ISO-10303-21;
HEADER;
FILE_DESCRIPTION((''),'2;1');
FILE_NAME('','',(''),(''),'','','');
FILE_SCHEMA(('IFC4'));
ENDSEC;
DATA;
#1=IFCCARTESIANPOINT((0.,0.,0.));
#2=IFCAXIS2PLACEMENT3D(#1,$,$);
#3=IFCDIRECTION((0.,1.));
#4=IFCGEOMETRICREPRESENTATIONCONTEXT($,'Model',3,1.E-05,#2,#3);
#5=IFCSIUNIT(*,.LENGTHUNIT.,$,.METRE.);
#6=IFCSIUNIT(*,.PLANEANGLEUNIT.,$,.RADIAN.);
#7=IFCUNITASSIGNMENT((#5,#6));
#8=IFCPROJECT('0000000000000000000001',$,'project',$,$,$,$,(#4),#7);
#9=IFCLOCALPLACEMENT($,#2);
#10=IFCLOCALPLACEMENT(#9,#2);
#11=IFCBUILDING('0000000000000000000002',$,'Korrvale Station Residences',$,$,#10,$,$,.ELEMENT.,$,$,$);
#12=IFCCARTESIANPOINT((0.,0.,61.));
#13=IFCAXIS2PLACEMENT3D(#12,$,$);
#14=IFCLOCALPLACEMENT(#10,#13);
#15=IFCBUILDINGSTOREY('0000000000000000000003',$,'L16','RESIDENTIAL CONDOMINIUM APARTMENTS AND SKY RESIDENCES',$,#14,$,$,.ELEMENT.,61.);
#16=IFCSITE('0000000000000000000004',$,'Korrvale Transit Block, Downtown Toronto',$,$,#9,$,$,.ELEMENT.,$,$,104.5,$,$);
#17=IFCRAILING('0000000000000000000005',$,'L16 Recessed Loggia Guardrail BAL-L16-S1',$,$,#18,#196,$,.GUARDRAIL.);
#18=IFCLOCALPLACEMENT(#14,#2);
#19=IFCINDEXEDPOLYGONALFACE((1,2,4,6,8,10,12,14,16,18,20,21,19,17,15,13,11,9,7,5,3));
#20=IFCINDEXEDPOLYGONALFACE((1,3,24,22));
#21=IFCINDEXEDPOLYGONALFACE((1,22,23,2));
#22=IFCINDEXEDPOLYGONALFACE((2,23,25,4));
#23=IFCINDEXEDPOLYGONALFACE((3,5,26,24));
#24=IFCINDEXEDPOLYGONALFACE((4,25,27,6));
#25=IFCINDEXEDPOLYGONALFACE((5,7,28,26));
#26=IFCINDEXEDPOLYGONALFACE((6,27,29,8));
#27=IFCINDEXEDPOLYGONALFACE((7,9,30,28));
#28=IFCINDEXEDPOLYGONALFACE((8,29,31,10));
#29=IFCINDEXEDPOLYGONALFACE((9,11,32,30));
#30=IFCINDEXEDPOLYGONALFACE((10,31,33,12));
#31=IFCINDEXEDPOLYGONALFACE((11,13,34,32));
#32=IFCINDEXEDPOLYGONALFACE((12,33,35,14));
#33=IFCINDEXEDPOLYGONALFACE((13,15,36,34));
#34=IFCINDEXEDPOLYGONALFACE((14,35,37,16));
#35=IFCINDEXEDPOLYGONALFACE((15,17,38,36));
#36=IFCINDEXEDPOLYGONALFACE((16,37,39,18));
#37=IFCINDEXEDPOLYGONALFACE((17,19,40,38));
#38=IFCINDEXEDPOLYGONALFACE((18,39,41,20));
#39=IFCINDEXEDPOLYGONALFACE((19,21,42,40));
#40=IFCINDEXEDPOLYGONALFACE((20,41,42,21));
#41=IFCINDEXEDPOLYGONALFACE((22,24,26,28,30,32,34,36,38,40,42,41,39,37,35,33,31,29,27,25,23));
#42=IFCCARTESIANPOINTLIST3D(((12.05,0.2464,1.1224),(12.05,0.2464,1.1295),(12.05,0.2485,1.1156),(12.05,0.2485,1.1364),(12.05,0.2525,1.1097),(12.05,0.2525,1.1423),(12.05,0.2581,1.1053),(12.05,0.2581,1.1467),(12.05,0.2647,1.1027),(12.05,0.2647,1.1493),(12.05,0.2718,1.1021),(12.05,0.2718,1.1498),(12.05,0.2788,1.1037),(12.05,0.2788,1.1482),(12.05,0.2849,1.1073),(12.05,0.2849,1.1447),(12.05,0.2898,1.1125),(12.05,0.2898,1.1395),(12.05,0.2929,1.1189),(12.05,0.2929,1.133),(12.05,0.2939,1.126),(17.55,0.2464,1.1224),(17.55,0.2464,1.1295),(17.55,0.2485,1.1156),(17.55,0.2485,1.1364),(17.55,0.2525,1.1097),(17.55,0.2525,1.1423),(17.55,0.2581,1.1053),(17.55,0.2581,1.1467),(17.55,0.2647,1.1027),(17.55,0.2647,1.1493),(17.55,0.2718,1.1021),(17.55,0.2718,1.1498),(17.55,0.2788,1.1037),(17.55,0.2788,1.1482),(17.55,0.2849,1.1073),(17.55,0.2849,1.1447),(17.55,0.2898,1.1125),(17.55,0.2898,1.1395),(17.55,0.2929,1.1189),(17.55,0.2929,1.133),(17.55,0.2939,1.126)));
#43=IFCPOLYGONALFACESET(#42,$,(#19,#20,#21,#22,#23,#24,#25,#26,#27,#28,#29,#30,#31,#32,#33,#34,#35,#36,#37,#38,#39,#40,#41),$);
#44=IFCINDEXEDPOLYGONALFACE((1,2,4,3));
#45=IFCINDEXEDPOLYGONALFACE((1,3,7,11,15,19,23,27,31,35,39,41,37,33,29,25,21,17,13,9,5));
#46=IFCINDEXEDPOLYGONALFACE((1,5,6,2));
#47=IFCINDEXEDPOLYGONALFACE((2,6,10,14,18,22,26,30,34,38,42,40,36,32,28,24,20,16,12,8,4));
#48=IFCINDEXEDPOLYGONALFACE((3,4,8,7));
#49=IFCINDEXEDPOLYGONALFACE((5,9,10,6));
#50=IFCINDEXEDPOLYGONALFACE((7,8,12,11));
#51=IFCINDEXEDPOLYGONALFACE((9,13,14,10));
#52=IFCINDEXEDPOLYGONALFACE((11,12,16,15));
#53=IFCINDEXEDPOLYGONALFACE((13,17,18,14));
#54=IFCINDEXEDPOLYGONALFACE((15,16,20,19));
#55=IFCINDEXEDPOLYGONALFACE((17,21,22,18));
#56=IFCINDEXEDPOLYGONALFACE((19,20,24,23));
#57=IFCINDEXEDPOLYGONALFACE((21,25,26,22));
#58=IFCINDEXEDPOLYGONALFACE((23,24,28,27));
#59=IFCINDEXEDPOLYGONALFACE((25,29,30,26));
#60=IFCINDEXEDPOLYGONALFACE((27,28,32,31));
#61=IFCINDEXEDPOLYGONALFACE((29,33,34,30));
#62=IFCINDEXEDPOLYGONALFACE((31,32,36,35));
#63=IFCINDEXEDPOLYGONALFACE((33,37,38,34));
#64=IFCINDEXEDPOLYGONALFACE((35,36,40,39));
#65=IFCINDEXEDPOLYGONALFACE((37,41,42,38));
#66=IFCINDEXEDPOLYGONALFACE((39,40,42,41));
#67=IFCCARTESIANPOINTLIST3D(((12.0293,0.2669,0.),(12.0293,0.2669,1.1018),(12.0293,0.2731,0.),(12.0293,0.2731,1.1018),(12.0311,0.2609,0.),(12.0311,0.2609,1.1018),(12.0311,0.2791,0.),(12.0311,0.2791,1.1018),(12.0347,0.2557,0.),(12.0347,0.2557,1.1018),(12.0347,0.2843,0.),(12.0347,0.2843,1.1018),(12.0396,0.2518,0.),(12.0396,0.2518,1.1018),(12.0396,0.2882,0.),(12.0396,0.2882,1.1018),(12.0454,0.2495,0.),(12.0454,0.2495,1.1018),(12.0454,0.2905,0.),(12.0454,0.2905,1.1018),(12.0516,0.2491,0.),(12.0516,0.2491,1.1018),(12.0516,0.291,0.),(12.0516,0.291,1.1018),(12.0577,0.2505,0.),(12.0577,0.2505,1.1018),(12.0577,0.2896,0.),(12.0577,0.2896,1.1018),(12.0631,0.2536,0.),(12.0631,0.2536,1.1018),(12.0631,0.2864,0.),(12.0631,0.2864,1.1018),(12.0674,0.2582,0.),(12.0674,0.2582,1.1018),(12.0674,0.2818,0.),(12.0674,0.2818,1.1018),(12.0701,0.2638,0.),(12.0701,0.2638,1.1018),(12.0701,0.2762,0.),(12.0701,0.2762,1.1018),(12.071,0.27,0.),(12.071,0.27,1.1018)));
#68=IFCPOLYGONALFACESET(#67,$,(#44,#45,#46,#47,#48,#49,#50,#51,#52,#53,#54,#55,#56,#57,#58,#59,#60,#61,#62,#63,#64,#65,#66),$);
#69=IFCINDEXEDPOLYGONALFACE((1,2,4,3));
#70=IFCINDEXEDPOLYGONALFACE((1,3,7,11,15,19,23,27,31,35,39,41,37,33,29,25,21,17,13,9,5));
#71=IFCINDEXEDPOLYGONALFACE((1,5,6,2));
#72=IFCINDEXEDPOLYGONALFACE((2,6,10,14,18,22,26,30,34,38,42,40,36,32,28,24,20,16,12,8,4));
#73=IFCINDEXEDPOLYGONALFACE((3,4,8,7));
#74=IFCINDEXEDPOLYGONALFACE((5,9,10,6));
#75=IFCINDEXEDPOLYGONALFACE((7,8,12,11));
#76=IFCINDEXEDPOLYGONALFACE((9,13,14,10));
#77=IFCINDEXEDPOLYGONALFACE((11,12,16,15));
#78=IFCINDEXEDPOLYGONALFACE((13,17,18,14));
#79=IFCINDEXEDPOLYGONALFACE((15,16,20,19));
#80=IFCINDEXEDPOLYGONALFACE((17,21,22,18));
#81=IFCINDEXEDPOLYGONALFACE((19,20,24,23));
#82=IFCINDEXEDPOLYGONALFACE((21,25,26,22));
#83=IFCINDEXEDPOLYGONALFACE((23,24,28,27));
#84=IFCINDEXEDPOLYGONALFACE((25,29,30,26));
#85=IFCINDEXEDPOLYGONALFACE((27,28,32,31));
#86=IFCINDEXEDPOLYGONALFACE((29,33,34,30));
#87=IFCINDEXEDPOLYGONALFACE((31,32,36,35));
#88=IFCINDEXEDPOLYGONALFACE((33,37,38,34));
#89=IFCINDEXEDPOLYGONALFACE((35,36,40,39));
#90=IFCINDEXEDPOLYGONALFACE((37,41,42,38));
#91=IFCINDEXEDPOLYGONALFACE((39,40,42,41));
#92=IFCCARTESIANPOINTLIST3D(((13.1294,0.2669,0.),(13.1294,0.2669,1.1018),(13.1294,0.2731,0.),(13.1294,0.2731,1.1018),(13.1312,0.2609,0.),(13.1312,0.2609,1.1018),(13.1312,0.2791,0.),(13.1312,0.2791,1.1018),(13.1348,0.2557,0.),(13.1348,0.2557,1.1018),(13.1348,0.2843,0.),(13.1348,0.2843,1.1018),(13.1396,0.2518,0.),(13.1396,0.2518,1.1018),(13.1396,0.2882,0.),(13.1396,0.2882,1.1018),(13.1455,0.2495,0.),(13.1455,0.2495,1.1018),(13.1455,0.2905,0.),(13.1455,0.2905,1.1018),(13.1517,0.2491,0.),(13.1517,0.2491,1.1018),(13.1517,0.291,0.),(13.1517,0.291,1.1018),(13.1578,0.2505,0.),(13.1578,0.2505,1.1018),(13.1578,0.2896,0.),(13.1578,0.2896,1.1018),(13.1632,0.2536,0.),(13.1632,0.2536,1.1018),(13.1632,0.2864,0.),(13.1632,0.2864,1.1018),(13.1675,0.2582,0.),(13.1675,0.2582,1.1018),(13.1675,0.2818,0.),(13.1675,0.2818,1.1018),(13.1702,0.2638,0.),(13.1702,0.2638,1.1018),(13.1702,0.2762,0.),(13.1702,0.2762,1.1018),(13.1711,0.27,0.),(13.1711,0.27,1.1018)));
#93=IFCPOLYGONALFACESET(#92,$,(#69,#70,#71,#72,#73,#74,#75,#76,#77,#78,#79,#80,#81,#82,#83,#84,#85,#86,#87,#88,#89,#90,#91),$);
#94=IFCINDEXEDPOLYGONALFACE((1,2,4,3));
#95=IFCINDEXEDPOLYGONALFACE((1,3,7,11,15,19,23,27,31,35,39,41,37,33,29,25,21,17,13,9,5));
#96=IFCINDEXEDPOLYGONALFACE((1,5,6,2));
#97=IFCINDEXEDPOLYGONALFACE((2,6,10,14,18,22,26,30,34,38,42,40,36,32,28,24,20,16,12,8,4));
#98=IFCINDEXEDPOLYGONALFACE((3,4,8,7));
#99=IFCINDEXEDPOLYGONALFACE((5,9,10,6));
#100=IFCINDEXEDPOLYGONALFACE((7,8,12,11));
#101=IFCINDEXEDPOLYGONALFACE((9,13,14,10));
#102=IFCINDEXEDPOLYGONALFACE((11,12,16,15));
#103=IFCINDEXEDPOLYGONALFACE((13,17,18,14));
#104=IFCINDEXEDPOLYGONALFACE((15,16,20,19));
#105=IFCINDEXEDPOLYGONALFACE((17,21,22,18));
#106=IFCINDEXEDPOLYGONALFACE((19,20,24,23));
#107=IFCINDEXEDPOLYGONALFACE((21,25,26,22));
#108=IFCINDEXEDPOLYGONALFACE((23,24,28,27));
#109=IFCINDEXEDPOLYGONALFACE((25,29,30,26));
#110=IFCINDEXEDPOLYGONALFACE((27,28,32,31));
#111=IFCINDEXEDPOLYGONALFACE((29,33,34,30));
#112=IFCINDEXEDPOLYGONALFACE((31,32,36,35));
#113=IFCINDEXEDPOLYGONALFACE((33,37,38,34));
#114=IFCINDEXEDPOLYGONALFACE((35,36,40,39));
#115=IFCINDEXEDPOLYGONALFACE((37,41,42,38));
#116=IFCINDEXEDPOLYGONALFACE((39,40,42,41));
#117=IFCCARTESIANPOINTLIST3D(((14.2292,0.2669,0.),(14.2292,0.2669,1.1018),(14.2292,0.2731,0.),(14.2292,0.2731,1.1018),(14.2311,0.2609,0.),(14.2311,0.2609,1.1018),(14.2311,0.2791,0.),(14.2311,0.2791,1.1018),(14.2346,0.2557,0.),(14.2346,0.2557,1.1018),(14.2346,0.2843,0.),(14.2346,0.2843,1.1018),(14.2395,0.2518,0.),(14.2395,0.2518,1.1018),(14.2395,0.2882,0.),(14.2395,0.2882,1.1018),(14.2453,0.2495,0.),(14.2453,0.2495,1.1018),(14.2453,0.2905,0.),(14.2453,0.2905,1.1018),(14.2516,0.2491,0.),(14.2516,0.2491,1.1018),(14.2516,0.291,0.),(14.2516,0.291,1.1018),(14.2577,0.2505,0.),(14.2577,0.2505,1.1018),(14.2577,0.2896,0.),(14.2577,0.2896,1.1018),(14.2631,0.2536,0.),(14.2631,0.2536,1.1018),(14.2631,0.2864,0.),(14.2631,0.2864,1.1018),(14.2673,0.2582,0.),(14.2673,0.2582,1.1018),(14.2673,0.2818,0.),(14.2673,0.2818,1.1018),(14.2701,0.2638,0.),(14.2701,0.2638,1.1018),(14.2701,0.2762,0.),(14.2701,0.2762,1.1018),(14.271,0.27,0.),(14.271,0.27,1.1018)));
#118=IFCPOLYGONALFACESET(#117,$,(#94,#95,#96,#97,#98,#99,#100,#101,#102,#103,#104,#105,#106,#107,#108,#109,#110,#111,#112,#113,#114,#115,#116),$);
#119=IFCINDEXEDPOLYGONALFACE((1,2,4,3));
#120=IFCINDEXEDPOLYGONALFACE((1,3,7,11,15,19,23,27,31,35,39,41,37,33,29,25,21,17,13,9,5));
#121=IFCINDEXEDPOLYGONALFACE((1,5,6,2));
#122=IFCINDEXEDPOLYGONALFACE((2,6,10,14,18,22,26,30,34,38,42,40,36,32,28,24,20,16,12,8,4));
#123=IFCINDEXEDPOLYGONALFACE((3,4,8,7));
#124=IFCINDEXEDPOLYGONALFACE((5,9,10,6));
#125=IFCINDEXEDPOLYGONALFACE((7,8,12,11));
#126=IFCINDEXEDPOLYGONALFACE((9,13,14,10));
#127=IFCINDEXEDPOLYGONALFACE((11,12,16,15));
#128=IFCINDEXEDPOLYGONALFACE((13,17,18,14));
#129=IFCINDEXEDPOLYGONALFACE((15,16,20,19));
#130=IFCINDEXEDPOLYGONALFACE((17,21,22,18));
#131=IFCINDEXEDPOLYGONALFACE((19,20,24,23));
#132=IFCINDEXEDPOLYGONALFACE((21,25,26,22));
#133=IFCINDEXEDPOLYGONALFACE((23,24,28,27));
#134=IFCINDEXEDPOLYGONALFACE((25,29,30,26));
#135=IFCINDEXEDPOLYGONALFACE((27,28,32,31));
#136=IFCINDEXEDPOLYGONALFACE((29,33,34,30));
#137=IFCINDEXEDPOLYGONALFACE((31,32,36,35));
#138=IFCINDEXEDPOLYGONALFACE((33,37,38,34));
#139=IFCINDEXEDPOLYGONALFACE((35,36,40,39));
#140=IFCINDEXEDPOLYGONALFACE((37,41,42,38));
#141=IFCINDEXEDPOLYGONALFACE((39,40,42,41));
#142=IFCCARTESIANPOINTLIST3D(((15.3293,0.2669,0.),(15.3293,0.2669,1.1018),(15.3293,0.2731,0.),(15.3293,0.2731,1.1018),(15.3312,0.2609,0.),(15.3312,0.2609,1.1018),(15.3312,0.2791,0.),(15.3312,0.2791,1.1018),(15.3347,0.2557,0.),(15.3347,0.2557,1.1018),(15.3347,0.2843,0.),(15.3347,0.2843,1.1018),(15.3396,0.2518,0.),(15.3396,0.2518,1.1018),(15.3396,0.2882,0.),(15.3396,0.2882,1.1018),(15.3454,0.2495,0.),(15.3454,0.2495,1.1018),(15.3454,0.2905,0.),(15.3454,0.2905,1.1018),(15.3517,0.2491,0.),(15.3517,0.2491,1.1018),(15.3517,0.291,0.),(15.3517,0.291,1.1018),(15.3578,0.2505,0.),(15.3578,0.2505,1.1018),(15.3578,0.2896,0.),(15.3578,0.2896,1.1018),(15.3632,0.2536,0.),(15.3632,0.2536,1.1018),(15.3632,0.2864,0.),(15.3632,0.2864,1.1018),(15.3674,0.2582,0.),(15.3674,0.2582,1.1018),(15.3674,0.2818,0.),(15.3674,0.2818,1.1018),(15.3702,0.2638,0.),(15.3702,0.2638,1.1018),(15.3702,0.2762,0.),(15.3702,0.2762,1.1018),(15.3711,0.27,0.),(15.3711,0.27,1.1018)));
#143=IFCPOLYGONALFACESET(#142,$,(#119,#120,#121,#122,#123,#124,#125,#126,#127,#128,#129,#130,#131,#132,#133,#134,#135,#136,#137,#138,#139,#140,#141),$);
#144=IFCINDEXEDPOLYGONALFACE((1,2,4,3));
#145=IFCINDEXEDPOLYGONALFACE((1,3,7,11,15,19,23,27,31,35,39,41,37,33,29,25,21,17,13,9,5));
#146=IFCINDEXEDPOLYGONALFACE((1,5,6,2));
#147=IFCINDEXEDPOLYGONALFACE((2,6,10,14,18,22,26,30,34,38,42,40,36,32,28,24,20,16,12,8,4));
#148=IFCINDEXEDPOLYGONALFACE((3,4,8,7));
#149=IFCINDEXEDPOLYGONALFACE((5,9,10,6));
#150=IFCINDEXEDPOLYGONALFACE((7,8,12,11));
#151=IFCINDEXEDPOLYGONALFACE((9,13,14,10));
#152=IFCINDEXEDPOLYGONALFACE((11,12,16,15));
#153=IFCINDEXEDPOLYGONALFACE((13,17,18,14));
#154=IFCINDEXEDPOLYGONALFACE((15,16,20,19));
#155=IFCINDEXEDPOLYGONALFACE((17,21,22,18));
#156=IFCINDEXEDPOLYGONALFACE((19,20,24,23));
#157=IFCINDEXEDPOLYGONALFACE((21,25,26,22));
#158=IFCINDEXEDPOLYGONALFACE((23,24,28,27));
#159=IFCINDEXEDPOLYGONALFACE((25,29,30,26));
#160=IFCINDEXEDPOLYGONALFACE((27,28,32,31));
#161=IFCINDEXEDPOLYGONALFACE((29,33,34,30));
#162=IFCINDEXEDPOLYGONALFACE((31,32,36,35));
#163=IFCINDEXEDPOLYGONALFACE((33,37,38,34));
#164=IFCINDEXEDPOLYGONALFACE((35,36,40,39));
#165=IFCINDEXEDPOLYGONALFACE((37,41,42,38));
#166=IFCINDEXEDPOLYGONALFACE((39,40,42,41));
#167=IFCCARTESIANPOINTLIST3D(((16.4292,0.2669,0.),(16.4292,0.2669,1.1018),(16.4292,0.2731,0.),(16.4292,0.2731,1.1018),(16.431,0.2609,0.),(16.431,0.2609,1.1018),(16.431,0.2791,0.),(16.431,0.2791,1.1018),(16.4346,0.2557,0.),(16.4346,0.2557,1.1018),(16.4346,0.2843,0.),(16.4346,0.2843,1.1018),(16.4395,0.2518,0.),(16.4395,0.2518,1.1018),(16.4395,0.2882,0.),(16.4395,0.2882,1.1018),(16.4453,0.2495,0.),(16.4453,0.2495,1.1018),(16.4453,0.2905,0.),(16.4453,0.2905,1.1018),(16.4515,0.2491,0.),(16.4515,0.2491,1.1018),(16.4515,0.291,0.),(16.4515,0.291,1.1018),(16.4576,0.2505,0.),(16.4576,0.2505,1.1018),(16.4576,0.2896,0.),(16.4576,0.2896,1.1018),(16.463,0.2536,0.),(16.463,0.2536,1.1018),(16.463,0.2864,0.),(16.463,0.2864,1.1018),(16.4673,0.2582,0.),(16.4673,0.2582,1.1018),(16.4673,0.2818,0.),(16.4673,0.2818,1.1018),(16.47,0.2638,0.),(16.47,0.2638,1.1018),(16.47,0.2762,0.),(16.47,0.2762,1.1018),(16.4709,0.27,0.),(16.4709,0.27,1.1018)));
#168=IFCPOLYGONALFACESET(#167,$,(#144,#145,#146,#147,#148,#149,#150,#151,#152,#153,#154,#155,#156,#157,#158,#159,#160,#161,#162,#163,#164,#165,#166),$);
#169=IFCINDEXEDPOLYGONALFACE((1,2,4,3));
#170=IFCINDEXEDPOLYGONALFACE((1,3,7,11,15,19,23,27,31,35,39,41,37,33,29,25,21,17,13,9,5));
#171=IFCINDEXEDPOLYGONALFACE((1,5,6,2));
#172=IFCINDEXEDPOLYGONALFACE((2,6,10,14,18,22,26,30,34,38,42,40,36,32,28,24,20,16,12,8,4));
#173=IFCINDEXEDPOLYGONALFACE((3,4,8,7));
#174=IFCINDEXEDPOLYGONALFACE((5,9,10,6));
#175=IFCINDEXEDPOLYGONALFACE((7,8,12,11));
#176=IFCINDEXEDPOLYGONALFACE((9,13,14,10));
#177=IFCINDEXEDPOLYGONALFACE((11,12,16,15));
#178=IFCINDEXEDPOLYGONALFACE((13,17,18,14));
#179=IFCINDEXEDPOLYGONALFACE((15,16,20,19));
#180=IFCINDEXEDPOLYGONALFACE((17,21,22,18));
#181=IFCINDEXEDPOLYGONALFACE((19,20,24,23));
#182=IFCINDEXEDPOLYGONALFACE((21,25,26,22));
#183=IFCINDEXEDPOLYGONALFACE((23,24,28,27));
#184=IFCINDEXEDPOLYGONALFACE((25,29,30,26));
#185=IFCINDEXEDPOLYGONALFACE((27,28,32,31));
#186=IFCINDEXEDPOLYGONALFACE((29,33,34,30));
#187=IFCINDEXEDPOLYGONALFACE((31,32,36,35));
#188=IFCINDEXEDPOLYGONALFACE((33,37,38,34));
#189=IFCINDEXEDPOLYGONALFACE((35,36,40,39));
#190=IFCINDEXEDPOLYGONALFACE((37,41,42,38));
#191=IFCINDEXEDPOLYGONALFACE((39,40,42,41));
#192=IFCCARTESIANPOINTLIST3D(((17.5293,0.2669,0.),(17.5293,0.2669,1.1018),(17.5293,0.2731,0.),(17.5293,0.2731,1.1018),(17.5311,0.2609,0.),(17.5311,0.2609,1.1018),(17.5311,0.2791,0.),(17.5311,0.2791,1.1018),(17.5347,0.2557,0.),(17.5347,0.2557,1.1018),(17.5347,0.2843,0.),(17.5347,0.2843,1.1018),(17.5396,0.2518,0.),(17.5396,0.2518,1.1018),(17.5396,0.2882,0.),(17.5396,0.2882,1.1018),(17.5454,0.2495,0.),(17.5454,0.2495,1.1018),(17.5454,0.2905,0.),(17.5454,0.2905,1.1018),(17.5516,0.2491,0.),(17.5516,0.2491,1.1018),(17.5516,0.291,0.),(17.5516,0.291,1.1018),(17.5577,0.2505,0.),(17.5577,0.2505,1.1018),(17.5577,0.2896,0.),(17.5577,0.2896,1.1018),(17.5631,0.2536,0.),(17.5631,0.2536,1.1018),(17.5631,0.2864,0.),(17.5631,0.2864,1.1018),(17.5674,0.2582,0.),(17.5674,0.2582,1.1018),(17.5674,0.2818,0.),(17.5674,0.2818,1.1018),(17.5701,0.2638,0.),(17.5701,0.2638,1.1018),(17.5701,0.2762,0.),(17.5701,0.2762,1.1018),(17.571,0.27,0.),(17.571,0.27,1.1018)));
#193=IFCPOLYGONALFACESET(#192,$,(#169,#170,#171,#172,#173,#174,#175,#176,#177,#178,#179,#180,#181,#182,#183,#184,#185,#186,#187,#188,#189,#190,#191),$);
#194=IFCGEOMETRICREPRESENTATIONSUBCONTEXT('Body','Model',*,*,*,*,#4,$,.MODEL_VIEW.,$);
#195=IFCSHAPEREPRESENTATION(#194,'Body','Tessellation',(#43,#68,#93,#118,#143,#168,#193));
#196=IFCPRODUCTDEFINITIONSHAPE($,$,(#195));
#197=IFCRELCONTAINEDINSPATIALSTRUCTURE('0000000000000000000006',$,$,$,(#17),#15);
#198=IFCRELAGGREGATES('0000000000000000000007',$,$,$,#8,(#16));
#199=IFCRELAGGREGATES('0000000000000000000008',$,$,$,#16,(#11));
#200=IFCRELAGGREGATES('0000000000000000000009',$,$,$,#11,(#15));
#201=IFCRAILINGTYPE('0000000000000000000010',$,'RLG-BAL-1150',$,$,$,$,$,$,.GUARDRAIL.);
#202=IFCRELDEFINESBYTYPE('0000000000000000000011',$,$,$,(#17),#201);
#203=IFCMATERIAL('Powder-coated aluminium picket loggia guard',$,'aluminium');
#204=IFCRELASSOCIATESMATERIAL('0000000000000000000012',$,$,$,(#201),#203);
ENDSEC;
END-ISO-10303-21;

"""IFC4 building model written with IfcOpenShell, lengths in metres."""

from ifc_helpers import new_model, si_unit, direction, frame, origin, origin_2d, place, context, subcontext, project, spatial, circle, extrude, material, type_object, element, save


model = new_model("IFC4")

# Units and contexts
model_context = context("Model", 3, precision=1e-05, world=origin(), true_north=direction((0.0, 1.0)))
body_context = subcontext(model_context, "Body", "Model", "MODEL_VIEW")
ifc_project = project(units=[si_unit("LENGTHUNIT", "METRE"), si_unit("PLANEANGLEUNIT", "RADIAN")], contexts=[model_context])

# Site, building, storey
site_placement = place(None, origin())
site = spatial("IfcSite", under=ifc_project, at=site_placement, Name="Korrvale Transit Block, Downtown Toronto", CompositionType="ELEMENT", RefElevation=104.5)
building_placement = place(site_placement, origin())
building = spatial("IfcBuilding", under=site, at=building_placement, Name="Korrvale Station Residences", CompositionType="ELEMENT")
storey_placement = place(building_placement, frame((0.0, 0.0, 61.0)))
storey = spatial("IfcBuildingStorey", under=building, at=storey_placement, Name="L16", Description="RESIDENTIAL CONDOMINIUM APARTMENTS AND SKY RESIDENCES", CompositionType="ELEMENT", Elevation=61.0)

# Railing
ifc_material_1 = material(Name="Powder-coated aluminium picket loggia guard", Category="aluminium")
railing_type = type_object("IfcRailingType", Name="RLG-BAL-1150", PredefinedType="GUARDRAIL", material=ifc_material_1)
railing_placement = place(storey_placement, frame((12.05, 0.27, 0.0)))
element("IfcRailing", 1, at=railing_placement, inside=storey, type_object=railing_type, Name="L16 Recessed Loggia Guardrail BAL-L16-S1", PredefinedType="GUARDRAIL", context=body_context, shape_type="SweptSolid", body=[
    extrude(circle(Radius=0.0239, at=origin_2d()), frame((0.0, 0.0, 1.126), z_axis=(1.0, 0.0, 0.0), x_axis=(0.0, 1.0, 0.0)), (0.0, 0.0, 1.0), 5.5),
    extrude(circle(Radius=0.021, at=origin_2d()), origin(), (0.0, 0.0, 1.0), 1.1018),
    extrude(circle(Radius=0.021, at=origin_2d()), frame((1.1001, 0.0, 0.0)), (0.0, 0.0, 1.0), 1.1018),
    extrude(circle(Radius=0.021, at=origin_2d()), frame((2.2, 0.0, 0.0)), (0.0, 0.0, 1.0), 1.1018),
    extrude(circle(Radius=0.021, at=origin_2d()), frame((3.3, 0.0, 0.0)), (0.0, 0.0, 1.0), 1.1018),
    extrude(circle(Radius=0.021, at=origin_2d()), frame((4.3999, 0.0, 0.0)), (0.0, 0.0, 1.0), 1.1018),
    extrude(circle(Radius=0.021, at=origin_2d()), frame((5.5, 0.0, 0.0)), (0.0, 0.0, 1.0), 1.1018),
])

save(model, "model.ifc")
